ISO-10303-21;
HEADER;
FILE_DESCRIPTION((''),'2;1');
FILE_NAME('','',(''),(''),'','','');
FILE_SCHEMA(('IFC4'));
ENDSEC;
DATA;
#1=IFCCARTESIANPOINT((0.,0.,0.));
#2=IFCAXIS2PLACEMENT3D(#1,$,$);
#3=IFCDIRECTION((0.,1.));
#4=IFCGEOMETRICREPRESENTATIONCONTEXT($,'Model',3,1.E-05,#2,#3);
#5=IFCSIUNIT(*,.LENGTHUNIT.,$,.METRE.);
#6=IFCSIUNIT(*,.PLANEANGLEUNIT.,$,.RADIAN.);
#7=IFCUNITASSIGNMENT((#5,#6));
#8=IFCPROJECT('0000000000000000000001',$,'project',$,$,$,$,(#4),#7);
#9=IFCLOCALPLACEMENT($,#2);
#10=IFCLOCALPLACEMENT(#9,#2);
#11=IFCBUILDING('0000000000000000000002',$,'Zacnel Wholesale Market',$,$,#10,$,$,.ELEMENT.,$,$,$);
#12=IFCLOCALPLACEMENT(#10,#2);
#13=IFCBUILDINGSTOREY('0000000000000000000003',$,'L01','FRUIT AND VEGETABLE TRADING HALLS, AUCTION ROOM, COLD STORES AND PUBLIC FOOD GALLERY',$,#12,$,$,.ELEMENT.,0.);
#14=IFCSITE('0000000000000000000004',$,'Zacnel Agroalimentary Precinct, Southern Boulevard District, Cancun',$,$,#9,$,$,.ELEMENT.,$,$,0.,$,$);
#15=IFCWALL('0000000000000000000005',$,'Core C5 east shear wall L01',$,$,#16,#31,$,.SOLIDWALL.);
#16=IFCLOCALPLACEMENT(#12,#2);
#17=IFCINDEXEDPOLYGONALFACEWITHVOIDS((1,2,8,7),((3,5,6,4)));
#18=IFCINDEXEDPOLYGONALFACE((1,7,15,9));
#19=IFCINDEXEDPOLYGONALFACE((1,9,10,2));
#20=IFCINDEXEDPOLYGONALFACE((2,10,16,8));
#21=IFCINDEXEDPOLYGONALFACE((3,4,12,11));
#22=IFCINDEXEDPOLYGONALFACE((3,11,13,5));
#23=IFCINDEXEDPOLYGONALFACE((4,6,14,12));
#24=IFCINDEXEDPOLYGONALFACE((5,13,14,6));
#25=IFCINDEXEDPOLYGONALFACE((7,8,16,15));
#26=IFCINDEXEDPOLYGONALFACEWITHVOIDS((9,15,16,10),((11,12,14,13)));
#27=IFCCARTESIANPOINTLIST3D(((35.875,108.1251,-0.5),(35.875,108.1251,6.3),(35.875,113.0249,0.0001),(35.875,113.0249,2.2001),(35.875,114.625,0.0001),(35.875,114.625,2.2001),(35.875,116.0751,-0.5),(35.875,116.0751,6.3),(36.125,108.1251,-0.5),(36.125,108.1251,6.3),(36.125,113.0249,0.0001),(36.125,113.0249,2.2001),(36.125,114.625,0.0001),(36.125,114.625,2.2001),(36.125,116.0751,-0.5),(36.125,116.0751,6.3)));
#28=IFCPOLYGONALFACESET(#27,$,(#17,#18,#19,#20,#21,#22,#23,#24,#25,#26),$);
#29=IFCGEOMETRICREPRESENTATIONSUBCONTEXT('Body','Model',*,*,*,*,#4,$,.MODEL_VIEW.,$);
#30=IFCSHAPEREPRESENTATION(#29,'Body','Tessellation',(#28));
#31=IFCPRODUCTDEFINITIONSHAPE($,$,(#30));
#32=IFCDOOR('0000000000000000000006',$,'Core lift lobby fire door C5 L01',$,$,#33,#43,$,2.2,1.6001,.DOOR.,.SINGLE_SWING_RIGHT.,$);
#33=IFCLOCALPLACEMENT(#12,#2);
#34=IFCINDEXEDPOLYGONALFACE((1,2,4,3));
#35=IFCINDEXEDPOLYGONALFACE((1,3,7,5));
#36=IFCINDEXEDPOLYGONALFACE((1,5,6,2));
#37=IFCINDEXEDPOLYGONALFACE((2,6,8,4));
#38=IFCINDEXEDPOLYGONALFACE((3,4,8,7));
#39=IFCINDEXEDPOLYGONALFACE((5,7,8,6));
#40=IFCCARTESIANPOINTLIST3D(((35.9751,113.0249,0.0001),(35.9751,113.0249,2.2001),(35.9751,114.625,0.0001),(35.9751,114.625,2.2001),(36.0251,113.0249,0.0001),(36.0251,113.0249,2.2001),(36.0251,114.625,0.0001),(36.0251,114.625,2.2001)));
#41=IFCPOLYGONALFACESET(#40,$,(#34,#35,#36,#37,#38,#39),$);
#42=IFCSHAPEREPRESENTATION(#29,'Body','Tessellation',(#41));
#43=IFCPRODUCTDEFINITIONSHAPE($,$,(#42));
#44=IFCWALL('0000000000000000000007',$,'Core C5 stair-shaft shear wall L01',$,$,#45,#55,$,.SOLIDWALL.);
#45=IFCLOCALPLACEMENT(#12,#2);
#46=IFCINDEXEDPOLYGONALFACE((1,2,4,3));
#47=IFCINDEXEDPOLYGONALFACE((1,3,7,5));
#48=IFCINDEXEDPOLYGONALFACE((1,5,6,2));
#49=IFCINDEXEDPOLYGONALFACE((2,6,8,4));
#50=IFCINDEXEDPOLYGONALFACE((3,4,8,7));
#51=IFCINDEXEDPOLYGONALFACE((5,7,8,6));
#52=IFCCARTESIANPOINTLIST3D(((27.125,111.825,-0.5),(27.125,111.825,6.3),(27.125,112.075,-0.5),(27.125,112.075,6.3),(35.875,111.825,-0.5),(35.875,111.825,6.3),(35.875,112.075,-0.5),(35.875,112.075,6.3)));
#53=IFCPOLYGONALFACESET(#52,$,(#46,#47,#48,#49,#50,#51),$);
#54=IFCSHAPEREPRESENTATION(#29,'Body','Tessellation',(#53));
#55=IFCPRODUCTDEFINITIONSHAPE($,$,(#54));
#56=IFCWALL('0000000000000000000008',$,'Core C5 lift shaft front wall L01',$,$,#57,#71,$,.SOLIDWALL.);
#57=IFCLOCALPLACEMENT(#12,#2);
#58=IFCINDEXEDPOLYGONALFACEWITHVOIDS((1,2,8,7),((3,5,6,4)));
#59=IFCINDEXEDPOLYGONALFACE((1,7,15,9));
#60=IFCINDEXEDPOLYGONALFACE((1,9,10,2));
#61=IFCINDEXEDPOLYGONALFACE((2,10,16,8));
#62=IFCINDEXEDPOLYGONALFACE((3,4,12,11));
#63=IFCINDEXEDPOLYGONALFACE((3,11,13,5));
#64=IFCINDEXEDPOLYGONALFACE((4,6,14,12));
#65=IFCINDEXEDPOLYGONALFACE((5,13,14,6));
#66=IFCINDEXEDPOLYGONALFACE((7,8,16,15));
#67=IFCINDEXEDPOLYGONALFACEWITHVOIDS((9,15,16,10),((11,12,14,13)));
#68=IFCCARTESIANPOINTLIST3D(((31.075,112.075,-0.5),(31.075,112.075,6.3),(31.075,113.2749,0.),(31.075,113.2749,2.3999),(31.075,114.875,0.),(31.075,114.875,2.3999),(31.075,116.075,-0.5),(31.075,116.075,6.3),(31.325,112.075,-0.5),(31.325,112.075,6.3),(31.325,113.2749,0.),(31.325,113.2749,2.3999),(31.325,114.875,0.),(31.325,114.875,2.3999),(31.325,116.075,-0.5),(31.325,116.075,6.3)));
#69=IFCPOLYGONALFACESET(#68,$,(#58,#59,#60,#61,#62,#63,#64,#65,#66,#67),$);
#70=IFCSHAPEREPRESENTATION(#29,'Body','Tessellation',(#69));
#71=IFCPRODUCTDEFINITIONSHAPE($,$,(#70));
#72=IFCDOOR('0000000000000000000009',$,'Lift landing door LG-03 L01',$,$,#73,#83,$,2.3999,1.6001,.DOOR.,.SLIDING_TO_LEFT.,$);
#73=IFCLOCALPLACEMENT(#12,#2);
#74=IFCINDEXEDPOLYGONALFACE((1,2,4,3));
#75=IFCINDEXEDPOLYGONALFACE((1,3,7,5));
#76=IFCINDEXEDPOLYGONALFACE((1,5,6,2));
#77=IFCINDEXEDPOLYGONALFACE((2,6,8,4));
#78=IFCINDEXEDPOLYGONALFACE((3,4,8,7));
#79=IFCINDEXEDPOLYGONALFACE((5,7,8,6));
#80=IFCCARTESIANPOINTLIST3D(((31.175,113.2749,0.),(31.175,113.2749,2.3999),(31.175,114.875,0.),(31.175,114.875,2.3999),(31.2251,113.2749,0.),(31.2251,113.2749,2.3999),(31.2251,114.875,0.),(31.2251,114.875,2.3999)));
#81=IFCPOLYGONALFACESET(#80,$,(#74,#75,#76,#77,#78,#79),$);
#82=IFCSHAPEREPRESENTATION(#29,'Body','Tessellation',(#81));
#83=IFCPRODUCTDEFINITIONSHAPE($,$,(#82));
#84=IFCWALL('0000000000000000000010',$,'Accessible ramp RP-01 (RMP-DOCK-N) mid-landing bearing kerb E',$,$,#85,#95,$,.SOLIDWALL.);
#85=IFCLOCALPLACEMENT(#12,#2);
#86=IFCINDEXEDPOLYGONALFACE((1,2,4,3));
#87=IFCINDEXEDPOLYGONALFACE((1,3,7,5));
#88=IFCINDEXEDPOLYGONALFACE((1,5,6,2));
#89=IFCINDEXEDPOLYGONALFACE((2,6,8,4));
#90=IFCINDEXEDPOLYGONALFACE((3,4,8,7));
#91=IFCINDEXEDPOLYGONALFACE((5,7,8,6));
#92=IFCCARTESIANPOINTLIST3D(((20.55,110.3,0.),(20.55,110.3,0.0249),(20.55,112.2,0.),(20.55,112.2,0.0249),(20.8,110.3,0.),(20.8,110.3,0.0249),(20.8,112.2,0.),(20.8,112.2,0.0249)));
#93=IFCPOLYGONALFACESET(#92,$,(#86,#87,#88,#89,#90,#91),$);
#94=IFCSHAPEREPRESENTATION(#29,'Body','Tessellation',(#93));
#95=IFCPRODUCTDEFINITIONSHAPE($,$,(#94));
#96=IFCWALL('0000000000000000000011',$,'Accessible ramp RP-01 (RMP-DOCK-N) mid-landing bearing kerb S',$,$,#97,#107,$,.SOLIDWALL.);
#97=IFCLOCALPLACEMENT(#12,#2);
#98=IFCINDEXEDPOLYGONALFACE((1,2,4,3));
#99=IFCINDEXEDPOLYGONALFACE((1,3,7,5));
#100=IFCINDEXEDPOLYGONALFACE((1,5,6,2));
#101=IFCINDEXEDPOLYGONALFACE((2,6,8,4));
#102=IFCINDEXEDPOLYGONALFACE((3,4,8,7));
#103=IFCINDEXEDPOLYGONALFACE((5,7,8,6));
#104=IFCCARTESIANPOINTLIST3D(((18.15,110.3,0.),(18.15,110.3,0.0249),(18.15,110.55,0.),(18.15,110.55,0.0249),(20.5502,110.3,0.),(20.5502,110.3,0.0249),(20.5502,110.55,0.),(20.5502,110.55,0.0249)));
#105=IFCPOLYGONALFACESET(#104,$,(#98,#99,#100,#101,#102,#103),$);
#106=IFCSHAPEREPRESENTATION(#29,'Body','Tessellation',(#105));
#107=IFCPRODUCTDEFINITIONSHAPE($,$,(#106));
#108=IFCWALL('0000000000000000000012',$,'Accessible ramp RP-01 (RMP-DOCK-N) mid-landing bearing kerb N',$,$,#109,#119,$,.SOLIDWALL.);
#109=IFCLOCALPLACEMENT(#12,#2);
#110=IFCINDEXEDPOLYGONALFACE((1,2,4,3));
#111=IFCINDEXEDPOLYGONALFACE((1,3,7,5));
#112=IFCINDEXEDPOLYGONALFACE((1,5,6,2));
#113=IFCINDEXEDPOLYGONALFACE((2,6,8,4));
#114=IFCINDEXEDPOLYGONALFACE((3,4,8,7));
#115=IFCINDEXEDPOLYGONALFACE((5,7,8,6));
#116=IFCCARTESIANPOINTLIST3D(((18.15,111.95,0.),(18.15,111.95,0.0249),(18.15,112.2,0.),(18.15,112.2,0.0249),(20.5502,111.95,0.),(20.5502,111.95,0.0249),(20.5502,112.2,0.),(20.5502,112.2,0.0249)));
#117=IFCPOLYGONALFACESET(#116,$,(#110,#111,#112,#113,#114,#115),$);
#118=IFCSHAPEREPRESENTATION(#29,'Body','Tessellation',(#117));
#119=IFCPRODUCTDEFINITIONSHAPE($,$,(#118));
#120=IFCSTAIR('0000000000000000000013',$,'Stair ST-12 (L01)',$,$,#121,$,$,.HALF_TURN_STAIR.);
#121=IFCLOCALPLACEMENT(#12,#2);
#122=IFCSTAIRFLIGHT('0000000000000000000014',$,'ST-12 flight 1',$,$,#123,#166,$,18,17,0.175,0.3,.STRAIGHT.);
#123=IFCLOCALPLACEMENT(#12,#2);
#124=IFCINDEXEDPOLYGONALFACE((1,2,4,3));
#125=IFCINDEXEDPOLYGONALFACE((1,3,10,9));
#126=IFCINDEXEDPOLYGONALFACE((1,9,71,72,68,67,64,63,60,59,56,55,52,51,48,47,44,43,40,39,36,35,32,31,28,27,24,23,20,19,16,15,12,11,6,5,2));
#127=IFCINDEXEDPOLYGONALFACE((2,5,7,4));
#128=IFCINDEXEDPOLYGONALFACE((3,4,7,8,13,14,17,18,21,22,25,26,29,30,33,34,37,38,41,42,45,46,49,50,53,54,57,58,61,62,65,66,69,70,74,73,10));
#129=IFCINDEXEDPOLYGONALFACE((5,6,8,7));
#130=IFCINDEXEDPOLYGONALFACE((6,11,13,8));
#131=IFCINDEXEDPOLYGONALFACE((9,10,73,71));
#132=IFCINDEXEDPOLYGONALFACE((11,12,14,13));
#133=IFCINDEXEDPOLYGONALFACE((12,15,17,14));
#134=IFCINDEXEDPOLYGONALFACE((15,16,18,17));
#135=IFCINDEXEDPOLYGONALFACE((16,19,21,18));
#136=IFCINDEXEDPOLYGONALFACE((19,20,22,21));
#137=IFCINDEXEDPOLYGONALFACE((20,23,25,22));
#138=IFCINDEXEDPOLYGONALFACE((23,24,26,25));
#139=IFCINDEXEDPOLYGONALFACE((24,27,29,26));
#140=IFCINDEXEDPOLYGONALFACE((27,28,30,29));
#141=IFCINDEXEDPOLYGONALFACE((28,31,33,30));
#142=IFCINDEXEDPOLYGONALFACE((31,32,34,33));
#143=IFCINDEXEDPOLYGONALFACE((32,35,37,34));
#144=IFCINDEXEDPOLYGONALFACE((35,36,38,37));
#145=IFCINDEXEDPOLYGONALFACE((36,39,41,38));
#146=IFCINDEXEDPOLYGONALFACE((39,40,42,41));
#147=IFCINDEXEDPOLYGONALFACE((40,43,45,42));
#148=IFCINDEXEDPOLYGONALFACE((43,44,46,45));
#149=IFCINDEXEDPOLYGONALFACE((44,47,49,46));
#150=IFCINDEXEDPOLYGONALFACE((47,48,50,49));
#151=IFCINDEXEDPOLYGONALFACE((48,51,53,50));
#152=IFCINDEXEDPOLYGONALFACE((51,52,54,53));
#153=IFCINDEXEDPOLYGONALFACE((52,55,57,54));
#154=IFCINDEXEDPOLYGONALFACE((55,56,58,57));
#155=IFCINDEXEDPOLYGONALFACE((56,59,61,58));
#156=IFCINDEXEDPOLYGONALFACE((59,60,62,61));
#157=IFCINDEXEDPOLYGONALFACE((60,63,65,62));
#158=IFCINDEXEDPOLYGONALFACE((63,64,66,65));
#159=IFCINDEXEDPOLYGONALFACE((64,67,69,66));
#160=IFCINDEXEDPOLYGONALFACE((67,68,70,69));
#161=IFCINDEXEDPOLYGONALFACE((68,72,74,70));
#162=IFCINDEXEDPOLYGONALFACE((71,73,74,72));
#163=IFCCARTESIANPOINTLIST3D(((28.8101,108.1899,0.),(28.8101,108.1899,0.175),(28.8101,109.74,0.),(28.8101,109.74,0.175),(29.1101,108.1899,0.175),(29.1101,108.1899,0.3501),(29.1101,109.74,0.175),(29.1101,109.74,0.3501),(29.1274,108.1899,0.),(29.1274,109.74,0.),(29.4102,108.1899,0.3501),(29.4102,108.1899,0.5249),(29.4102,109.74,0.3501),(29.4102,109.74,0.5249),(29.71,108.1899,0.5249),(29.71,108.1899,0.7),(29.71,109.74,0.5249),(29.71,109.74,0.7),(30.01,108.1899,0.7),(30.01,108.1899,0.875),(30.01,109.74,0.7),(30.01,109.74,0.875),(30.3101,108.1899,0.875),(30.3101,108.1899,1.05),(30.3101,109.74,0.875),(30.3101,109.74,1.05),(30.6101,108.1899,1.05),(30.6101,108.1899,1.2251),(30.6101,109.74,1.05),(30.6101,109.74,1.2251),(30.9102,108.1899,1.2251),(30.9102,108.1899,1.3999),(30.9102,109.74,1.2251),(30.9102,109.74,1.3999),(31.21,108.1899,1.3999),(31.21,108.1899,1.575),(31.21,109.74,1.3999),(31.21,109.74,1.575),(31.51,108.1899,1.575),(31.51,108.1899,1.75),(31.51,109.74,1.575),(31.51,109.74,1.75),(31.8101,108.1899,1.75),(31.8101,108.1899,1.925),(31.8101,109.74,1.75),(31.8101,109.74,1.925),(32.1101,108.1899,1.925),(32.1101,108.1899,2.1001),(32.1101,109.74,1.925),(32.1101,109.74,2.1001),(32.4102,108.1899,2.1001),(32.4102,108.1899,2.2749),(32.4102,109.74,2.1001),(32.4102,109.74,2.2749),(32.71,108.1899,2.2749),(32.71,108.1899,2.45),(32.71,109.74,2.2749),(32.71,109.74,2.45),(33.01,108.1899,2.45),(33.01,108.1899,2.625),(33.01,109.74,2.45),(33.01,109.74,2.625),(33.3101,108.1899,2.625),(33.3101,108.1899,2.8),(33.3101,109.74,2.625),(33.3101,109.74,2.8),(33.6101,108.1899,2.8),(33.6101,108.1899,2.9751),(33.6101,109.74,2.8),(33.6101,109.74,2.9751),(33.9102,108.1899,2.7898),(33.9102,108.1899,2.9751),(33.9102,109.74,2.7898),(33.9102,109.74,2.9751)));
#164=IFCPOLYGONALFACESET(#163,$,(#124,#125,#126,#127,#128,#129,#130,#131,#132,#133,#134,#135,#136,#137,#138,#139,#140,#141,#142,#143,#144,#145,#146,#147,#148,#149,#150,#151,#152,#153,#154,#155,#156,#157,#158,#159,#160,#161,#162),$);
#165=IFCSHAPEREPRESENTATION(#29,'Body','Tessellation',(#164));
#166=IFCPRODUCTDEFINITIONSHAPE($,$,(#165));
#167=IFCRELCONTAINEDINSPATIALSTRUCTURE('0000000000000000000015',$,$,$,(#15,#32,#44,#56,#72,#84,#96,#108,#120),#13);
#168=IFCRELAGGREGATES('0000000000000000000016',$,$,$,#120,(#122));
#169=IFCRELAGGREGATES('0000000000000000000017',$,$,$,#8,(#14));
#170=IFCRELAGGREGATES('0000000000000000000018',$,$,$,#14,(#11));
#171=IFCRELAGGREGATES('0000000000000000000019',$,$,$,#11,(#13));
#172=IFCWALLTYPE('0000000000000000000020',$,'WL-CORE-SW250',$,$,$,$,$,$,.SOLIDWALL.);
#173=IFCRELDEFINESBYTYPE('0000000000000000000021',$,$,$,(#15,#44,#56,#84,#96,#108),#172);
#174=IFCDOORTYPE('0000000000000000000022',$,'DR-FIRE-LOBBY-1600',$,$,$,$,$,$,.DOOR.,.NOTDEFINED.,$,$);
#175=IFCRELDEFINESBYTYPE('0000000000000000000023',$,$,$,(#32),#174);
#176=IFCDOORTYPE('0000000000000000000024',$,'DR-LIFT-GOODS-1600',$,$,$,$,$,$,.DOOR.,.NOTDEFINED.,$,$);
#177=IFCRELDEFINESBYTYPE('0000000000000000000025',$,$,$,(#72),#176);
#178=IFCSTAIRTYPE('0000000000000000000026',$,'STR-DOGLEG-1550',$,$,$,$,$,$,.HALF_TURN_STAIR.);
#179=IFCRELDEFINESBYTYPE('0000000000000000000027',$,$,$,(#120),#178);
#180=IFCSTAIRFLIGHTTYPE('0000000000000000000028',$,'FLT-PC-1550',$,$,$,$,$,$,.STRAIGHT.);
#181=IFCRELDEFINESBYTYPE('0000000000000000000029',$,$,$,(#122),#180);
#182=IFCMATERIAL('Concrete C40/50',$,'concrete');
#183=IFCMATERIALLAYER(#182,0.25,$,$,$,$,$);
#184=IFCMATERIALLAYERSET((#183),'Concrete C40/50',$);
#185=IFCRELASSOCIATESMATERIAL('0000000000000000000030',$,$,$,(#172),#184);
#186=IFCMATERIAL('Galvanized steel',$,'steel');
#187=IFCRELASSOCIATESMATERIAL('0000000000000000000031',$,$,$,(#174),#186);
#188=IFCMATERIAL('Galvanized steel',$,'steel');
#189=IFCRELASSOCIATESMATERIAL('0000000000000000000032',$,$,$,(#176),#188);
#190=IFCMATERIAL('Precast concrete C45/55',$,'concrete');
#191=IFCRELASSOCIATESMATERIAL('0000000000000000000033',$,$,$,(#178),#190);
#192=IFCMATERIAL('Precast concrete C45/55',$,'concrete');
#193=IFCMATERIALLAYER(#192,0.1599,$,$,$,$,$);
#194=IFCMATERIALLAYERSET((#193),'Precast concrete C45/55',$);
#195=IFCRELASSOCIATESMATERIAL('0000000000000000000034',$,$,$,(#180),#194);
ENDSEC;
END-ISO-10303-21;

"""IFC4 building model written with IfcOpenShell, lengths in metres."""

from ifc_helpers import new_model, si_unit, direction, frame, frame_2d, origin, place, context, subcontext, project, spatial, polyline, rectangle, outline, extrude, material, layer, layer_set, type_object, element, fill, aggregate, save


model = new_model("IFC4")

# Units and contexts
model_context = context("Model", 3, precision=1e-05, world=origin(), true_north=direction((0.0, 1.0)))
body_context = subcontext(model_context, "Body", "Model", "MODEL_VIEW")
ifc_project = project(units=[si_unit("LENGTHUNIT", "METRE"), si_unit("PLANEANGLEUNIT", "RADIAN")], contexts=[model_context])

# Site, building, storey
site_placement = place(None, origin())
site = spatial("IfcSite", under=ifc_project, at=site_placement, Name="Zacnel Agroalimentary Precinct, Southern Boulevard District, Cancun", CompositionType="ELEMENT", RefElevation=0.0)
building_placement = place(site_placement, origin())
building = spatial("IfcBuilding", under=site, at=building_placement, Name="Zacnel Wholesale Market", CompositionType="ELEMENT")
storey_placement = place(building_placement, origin())
storey = spatial("IfcBuildingStorey", under=building, at=storey_placement, Name="L01", Description="FRUIT AND VEGETABLE TRADING HALLS, AUCTION ROOM, COLD STORES AND PUBLIC FOOD GALLERY", CompositionType="ELEMENT", Elevation=0.0)

# Shared definitions
ifc_material_1 = material(Name="Concrete C40/50", Category="concrete")
ifc_layer_1 = layer(ifc_material_1, 0.25)
ifc_layer_set_1 = layer_set([ifc_layer_1], Name="Concrete C40/50")
wall_type_1 = type_object("IfcWallType", Name="WL-CORE-SW250", PredefinedType="SOLIDWALL", material=ifc_layer_set_1)

# Wall, opening, door
wall_1_placement = place(storey_placement, frame((36.0, 108.125, -0.5), z_axis=(0.0, 0.0, 1.0), x_axis=(0.0, 1.0, 0.0)))
wall_1 = element("IfcWall", 1, at=wall_1_placement, inside=storey, type_object=wall_type_1, Name="Core C5 east shear wall L01", PredefinedType="SOLIDWALL", context=body_context, shape_type="SweptSolid", body=[
    extrude(rectangle(XDim=7.95, YDim=0.25, at=frame_2d((3.9751, 0.0))), origin(), (0.0, 0.0, 1.0), 6.8),
])
opening_1_placement = place(wall_1_placement, frame((4.8999, 0.0, 0.5)))
opening_1 = element("IfcOpeningElement", 2, at=opening_1_placement, cuts=wall_1, PredefinedType="OPENING", context=body_context, shape_type="SweptSolid", body=[
    extrude(rectangle(XDim=1.6001, YDim=2.2, at=frame_2d((0.8, 1.1001))), frame((0.0, 0.135, 0.0), z_axis=(0.0, -1.0, 0.0), x_axis=(1.0, 0.0, 0.0)), (0.0, 0.0, 1.0), 0.27),
])
ifc_material_2 = material(Name="Galvanized steel", Category="steel")
door_type_1 = type_object("IfcDoorType", Name="DR-FIRE-LOBBY-1600", OperationType="NOTDEFINED", PredefinedType="DOOR", material=ifc_material_2)
door_1_placement = place(opening_1_placement, origin())
door_1 = element("IfcDoor", 3, at=door_1_placement, inside=storey, type_object=door_type_1, Name="Core lift lobby fire door C5 L01", OperationType="SINGLE_SWING_RIGHT", OverallHeight=2.2, OverallWidth=1.6001, PredefinedType="DOOR", context=body_context, shape_type="SweptSolid", body=[
    extrude(rectangle(XDim=1.6001, YDim=2.2, at=frame_2d((0.8, 1.1001))), frame((0.0, 0.0249, 0.0), z_axis=(0.0, -1.0, 0.0), x_axis=(1.0, 0.0, 0.0)), (0.0, 0.0, 1.0), 0.05),
])
fill(opening_1, door_1)

# Wall
wall_2_placement = place(storey_placement, frame((27.125, 111.95, -0.5), z_axis=(0.0, 0.0, 1.0), x_axis=(1.0, 0.0, 0.0)))
element("IfcWall", 4, at=wall_2_placement, inside=storey, type_object=wall_type_1, Name="Core C5 stair-shaft shear wall L01", PredefinedType="SOLIDWALL", context=body_context, shape_type="SweptSolid", body=[
    extrude(rectangle(XDim=8.75, YDim=0.25, at=frame_2d((4.375, 0.0))), origin(), (0.0, 0.0, 1.0), 6.8),
])

# Wall, opening, door
wall_3_placement = place(storey_placement, frame((31.2, 112.075, -0.5), z_axis=(0.0, 0.0, 1.0), x_axis=(0.0, 1.0, 0.0)))
wall_3 = element("IfcWall", 5, at=wall_3_placement, inside=storey, type_object=wall_type_1, Name="Core C5 lift shaft front wall L01", PredefinedType="SOLIDWALL", context=body_context, shape_type="SweptSolid", body=[
    extrude(rectangle(XDim=4.0, YDim=0.25, at=frame_2d((2.0, 0.0))), origin(), (0.0, 0.0, 1.0), 6.8),
])
opening_2_placement = place(wall_3_placement, frame((1.2, 0.0, 0.5)))
opening_2 = element("IfcOpeningElement", 6, at=opening_2_placement, cuts=wall_3, PredefinedType="OPENING", context=body_context, shape_type="SweptSolid", body=[
    extrude(rectangle(XDim=1.6001, YDim=2.3999, at=frame_2d((0.8, 1.2))), frame((0.0, 0.135, 0.0), z_axis=(0.0, -1.0, 0.0), x_axis=(1.0, 0.0, 0.0)), (0.0, 0.0, 1.0), 0.27),
])
ifc_material_3 = material(Name="Galvanized steel", Category="steel")
door_type_2 = type_object("IfcDoorType", Name="DR-LIFT-GOODS-1600", OperationType="NOTDEFINED", PredefinedType="DOOR", material=ifc_material_3)
door_2_placement = place(opening_2_placement, origin())
door_2 = element("IfcDoor", 7, at=door_2_placement, inside=storey, type_object=door_type_2, Name="Lift landing door LG-03 L01", OperationType="SLIDING_TO_LEFT", OverallHeight=2.3999, OverallWidth=1.6001, PredefinedType="DOOR", context=body_context, shape_type="SweptSolid", body=[
    extrude(rectangle(XDim=1.6001, YDim=2.3999, at=frame_2d((0.8, 1.2))), frame((0.0, 0.0249, 0.0), z_axis=(0.0, -1.0, 0.0), x_axis=(1.0, 0.0, 0.0)), (0.0, 0.0, 1.0), 0.05),
])
fill(opening_2, door_2)

# Walls
wall_4_placement = place(storey_placement, frame((20.675, 110.3, 0.0), z_axis=(0.0, 0.0, 1.0), x_axis=(0.0, 1.0, 0.0)))
element("IfcWall", 8, at=wall_4_placement, inside=storey, type_object=wall_type_1, Name="Accessible ramp RP-01 (RMP-DOCK-N) mid-landing bearing kerb E", PredefinedType="SOLIDWALL", context=body_context, shape_type="SweptSolid", body=[
    extrude(rectangle(XDim=1.8999, YDim=0.25, at=frame_2d((0.95, 0.0))), origin(), (0.0, 0.0, 1.0), 0.0249),
])
for number, where, z_axis, x_axis, name in (
    (9, (18.1499, 110.425, 0.0), (0.0, 0.0, 1.0), (1.0, 0.0, 0.0), "Accessible ramp RP-01 (RMP-DOCK-N) mid-landing bearing kerb S"),
    (10, (18.1499, 112.075, 0.0), (0.0, 0.0, 1.0), (1.0, 0.0, 0.0), "Accessible ramp RP-01 (RMP-DOCK-N) mid-landing bearing kerb N"),
):
    element("IfcWall", number, at=place(storey_placement, frame(where, z_axis=z_axis, x_axis=x_axis)), inside=storey, type_object=wall_type_1, Name=name, PredefinedType="SOLIDWALL", context=body_context, shape_type="SweptSolid", body=[
        extrude(rectangle(XDim=2.4001, YDim=0.25, at=frame_2d((1.2002, 0.0))), origin(), (0.0, 0.0, 1.0), 0.0249),
    ])

# Stair, stair flight
ifc_material_4 = material(Name="Precast concrete C45/55", Category="concrete")
stair_type = type_object("IfcStairType", Name="STR-DOGLEG-1550", PredefinedType="HALF_TURN_STAIR", material=ifc_material_4)
stair_placement = place(storey_placement, origin())
stair = element("IfcStair", 11, at=stair_placement, inside=storey, type_object=stair_type, Name="Stair ST-12 (L01)", PredefinedType="HALF_TURN_STAIR")
ifc_material_5 = material(Name="Precast concrete C45/55", Category="concrete")
ifc_layer_2 = layer(ifc_material_5, 0.1599)
ifc_layer_set_2 = layer_set([ifc_layer_2], Name="Precast concrete C45/55")
stair_flight_type = type_object("IfcStairFlightType", Name="FLT-PC-1550", PredefinedType="STRAIGHT", material=ifc_layer_set_2)
stair_flight_1_placement = place(storey_placement, frame((28.8101, 108.9651, 0.0), z_axis=(0.0, 0.0, 1.0), x_axis=(1.0, 0.0, 0.0)))
stair_flight_1 = element("IfcStairFlight", 12, at=stair_flight_1_placement, type_object=stair_flight_type, Name="ST-12 flight 1", NumberOfRisers=18, NumberOfTreads=17, PredefinedType="STRAIGHT", RiserHeight=0.175, TreadLength=0.3, context=body_context, shape_type="SweptSolid", body=[
    extrude(outline(polyline([(0.0, 0.0), (0.0, 0.175), (0.3, 0.175), (0.3, 0.3501), (0.6001, 0.3501), (0.6001, 0.5249), (0.8999, 0.5249), (0.8999, 0.7), (1.2, 0.7), (1.2, 0.875), (1.5, 0.875), (1.5, 1.05), (1.8, 1.05), (1.8, 1.2251), (2.1001, 1.2251), (2.1001, 1.3999), (2.3999, 1.3999), (2.3999, 1.575), (2.7, 1.575), (2.7, 1.75), (3.0, 1.75), (3.0, 1.925), (3.3, 1.925), (3.3, 2.1001), (3.6001, 2.1001), (3.6001, 2.2749), (3.8999, 2.2749), (3.8999, 2.45), (4.2, 2.45), (4.2, 2.625), (4.5, 2.625), (4.5, 2.8), (4.8, 2.8), (4.8, 2.9751), (5.1001, 2.9751), (5.1001, 3.1499), (5.1001, 2.7898), (0.3174, 0.0), (0.0, 0.0)])), frame((0.0, 0.7749, 0.0), z_axis=(0.0, -1.0, 0.0), x_axis=(1.0, 0.0, 0.0)), (0.0, 0.0, 1.0), 1.55),
])
aggregate(stair, [stair_flight_1])

save(model, "model.ifc")
